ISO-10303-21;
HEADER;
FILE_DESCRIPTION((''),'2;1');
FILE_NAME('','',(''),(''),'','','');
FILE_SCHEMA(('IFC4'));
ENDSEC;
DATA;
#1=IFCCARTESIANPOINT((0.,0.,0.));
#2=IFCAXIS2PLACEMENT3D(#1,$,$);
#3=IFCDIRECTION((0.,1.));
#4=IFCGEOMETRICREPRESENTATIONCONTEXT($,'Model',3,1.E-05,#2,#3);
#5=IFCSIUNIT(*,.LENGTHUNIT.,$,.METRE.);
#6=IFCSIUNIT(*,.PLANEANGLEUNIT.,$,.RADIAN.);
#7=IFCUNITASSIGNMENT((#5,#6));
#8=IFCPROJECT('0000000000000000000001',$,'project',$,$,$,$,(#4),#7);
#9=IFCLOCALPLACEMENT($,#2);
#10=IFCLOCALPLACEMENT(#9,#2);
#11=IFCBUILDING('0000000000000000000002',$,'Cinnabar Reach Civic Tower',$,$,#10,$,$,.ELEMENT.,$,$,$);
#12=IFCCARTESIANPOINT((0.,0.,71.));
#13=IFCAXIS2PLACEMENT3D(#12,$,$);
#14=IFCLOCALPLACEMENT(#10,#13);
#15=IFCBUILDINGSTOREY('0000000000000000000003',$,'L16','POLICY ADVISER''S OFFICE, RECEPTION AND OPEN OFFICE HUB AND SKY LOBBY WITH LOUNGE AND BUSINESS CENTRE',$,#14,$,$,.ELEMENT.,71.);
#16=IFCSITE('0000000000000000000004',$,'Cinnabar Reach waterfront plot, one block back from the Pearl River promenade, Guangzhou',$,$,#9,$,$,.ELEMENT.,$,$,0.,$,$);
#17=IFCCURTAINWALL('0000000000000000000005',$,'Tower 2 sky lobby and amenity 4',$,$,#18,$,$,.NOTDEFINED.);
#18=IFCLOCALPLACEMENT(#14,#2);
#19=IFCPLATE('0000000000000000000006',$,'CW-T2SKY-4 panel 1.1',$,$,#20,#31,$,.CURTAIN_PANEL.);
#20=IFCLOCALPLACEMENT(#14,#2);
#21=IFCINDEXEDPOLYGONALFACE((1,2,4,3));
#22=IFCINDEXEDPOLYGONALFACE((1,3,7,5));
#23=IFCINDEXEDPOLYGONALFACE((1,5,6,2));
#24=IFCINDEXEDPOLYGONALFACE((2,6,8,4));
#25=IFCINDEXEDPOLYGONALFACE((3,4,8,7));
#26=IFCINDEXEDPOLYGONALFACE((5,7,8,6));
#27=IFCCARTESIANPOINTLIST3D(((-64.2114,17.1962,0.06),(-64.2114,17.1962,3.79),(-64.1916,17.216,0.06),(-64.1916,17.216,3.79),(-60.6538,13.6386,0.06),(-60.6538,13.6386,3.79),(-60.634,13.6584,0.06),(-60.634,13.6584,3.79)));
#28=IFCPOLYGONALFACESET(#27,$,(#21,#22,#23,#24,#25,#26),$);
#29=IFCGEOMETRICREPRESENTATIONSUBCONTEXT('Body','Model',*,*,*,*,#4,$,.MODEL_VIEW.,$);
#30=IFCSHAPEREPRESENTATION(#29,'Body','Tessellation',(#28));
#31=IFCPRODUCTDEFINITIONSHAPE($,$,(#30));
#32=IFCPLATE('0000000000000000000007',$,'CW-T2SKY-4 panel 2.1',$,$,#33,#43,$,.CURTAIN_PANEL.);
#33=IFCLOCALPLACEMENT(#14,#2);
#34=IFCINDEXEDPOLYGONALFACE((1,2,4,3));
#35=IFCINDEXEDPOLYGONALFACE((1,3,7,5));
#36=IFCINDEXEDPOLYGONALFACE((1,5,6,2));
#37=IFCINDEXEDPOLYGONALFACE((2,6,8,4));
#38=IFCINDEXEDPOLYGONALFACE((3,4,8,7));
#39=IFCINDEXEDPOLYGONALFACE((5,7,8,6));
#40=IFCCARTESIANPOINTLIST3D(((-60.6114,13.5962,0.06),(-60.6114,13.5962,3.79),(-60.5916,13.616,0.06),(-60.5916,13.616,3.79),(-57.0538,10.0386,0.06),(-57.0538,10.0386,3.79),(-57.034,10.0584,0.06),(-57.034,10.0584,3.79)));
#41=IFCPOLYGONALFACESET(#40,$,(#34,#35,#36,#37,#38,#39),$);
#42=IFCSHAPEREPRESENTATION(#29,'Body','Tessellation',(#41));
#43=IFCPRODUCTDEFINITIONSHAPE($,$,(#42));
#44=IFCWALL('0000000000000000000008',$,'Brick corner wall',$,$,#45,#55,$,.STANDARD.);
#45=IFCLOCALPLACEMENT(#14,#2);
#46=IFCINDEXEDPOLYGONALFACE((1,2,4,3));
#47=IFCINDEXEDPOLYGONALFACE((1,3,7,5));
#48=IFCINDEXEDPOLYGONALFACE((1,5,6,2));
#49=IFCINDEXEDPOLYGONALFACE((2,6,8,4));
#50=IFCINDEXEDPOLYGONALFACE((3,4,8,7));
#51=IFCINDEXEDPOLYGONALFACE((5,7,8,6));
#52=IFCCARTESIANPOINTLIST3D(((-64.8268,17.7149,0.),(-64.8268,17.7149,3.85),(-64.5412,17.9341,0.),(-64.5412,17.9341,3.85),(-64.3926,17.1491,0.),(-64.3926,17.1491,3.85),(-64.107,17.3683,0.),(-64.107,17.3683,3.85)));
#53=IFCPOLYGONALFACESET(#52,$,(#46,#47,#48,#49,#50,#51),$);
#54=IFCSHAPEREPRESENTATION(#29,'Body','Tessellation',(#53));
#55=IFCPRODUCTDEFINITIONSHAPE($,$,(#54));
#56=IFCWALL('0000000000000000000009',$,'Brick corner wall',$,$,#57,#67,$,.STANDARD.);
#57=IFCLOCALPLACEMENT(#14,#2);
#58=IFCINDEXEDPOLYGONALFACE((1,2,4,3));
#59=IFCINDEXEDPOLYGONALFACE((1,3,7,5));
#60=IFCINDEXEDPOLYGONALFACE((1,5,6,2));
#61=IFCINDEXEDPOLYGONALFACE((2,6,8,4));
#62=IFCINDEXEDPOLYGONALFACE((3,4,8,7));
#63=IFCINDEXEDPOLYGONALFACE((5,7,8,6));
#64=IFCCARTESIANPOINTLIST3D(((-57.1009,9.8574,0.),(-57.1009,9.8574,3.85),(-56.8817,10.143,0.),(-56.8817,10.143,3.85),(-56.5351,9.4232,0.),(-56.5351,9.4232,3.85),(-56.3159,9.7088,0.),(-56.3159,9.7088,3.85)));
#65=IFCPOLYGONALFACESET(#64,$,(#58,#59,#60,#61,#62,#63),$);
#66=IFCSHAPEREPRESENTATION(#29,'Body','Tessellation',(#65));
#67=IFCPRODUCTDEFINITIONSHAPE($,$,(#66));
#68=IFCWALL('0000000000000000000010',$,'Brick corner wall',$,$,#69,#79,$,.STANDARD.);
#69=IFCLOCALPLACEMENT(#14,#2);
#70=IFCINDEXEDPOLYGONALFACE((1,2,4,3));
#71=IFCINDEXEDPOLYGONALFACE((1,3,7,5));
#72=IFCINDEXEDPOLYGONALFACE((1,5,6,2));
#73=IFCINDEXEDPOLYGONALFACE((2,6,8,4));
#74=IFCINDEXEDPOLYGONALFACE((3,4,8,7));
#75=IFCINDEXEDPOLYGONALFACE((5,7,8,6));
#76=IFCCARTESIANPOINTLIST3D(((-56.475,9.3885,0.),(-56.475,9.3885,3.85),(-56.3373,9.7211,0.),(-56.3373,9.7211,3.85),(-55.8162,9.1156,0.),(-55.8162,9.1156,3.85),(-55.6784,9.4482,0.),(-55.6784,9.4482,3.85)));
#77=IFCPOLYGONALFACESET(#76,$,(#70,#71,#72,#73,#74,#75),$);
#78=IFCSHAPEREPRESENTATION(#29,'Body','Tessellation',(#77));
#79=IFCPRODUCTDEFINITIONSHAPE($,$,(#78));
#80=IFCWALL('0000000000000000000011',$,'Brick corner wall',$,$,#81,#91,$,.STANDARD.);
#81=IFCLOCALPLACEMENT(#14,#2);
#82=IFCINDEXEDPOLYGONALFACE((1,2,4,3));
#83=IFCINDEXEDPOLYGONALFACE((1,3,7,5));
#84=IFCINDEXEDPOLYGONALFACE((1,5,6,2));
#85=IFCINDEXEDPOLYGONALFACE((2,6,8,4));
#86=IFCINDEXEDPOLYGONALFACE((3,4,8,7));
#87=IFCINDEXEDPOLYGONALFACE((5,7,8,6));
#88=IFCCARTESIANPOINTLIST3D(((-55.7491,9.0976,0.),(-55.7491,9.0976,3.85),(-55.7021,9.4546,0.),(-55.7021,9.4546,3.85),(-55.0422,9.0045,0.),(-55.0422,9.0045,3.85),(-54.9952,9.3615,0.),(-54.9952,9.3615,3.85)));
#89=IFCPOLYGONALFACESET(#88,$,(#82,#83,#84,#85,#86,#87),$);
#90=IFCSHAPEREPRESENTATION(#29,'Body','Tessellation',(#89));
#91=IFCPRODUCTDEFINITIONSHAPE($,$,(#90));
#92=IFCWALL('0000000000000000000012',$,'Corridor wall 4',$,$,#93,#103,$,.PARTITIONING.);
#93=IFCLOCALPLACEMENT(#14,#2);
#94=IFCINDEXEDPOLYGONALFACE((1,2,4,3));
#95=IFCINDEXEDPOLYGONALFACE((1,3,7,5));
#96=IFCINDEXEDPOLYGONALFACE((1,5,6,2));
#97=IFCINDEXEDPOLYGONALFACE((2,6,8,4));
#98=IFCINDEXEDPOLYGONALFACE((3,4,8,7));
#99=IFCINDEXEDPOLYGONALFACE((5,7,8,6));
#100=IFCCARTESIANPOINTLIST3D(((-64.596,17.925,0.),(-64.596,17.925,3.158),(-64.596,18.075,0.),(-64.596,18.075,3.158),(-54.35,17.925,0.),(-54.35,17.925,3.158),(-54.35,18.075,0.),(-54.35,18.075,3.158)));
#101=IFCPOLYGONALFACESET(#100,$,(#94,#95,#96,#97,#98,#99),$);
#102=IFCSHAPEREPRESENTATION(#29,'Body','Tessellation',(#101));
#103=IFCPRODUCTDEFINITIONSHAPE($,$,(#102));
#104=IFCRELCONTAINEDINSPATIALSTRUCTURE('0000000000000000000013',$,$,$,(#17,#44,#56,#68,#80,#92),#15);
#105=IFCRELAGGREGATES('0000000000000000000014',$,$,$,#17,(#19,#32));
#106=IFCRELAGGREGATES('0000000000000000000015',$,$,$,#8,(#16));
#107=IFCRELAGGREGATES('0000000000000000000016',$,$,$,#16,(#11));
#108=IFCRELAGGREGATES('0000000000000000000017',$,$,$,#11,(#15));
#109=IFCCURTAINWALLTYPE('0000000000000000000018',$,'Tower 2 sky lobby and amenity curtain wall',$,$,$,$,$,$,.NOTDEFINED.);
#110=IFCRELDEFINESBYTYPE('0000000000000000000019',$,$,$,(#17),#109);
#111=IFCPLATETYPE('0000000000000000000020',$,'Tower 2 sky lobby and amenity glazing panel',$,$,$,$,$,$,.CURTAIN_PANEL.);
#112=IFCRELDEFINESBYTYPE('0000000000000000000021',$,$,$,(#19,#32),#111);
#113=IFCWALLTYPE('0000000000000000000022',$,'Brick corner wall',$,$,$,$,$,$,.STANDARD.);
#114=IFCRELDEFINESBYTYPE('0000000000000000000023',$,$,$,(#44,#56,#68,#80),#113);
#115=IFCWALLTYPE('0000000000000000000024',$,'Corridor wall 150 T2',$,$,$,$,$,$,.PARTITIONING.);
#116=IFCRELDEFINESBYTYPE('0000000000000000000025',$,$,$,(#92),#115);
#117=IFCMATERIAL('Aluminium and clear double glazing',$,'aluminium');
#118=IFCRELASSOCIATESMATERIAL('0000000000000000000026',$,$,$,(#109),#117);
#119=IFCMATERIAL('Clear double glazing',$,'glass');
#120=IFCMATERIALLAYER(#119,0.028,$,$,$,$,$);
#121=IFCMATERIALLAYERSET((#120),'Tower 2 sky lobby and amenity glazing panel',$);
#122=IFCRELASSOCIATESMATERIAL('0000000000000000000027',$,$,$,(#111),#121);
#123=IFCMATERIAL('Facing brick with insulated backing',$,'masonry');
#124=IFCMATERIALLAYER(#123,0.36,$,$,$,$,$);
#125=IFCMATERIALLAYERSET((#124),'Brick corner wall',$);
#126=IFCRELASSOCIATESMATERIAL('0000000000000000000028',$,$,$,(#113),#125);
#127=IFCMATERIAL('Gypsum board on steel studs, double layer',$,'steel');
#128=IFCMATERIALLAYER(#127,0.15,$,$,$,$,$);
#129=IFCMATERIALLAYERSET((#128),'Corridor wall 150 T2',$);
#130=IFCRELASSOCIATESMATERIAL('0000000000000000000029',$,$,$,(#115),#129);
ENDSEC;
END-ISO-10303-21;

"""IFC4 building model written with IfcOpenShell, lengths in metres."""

from ifc_helpers import new_model, si_unit, direction, frame, frame_2d, origin, origin_2d, place, context, subcontext, project, spatial, rectangle, extrude, material, layer, layer_set, type_object, element, aggregate, save


model = new_model("IFC4")

# Units and contexts
model_context = context("Model", 3, precision=1e-05, world=origin(), true_north=direction((0.0, 1.0)))
body_context = subcontext(model_context, "Body", "Model", "MODEL_VIEW")
ifc_project = project(units=[si_unit("LENGTHUNIT", "METRE"), si_unit("PLANEANGLEUNIT", "RADIAN")], contexts=[model_context])

# Site, building, storey
site_placement = place(None, origin())
site = spatial("IfcSite", under=ifc_project, at=site_placement, Name="Cinnabar Reach waterfront plot, one block back from the Pearl River promenade, Guangzhou", CompositionType="ELEMENT", RefElevation=0.0)
building_placement = place(site_placement, origin())
building = spatial("IfcBuilding", under=site, at=building_placement, Name="Cinnabar Reach Civic Tower", CompositionType="ELEMENT")
storey_placement = place(building_placement, frame((0.0, 0.0, 71.0)))
storey = spatial("IfcBuildingStorey", under=building, at=storey_placement, Name="L16", Description="POLICY ADVISER'S OFFICE, RECEPTION AND OPEN OFFICE HUB AND SKY LOBBY WITH LOUNGE AND BUSINESS CENTRE", CompositionType="ELEMENT", Elevation=71.0)

# Shared definitions
ifc_material_1 = material(Name="Aluminium and clear double glazing", Category="aluminium")
curtain_wall_type = type_object("IfcCurtainWallType", Name="Tower 2 sky lobby and amenity curtain wall", PredefinedType="NOTDEFINED", material=ifc_material_1)

# Curtain wall
curtain_wall_1_placement = place(storey_placement, origin())
curtain_wall_1 = element("IfcCurtainWall", 1, at=curtain_wall_1_placement, inside=storey, type_object=curtain_wall_type, Name="Tower 2 sky lobby and amenity 4", PredefinedType="NOTDEFINED")

# Plates
ifc_material_2 = material(Name="Clear double glazing", Category="glass")
ifc_layer_1 = layer(ifc_material_2, 0.028)
ifc_layer_set_1 = layer_set([ifc_layer_1], Name="Tower 2 sky lobby and amenity glazing panel")
plate_type = type_object("IfcPlateType", Name="Tower 2 sky lobby and amenity glazing panel", PredefinedType="CURTAIN_PANEL", material=ifc_layer_set_1)
plate_1_placement = place(storey_placement, frame((-62.4227, 15.4273, 0.06), z_axis=(0.0, 0.0, 1.0), x_axis=(0.707107, -0.707107, 0.0)))
plate_1 = element("IfcPlate", 2, at=plate_1_placement, type_object=plate_type, Name="CW-T2SKY-4 panel 1.1", PredefinedType="CURTAIN_PANEL", context=body_context, shape_type="SweptSolid", body=[
    extrude(rectangle(XDim=5.0313, YDim=0.028, at=origin_2d()), origin(), (0.0, 0.0, 1.0), 3.73),
])
plate_2_placement = place(storey_placement, frame((-58.8227, 11.8273, 0.06), z_axis=(0.0, 0.0, 1.0), x_axis=(0.707107, -0.707107, 0.0)))
plate_2 = element("IfcPlate", 3, at=plate_2_placement, type_object=plate_type, Name="CW-T2SKY-4 panel 2.1", PredefinedType="CURTAIN_PANEL", context=body_context, shape_type="SweptSolid", body=[
    extrude(rectangle(XDim=5.0313, YDim=0.028, at=origin_2d()), origin(), (0.0, 0.0, 1.0), 3.73),
])
aggregate(curtain_wall_1, [plate_1, plate_2])

# Walls
ifc_material_3 = material(Name="Facing brick with insulated backing", Category="masonry")
ifc_layer_2 = layer(ifc_material_3, 0.36)
ifc_layer_set_2 = layer_set([ifc_layer_2], Name="Brick corner wall")
wall_type_1 = type_object("IfcWallType", Name="Brick corner wall", PredefinedType="STANDARD", material=ifc_layer_set_2)
for number, where, z_axis, x_axis, name in (
    (4, (-64.684, 17.8245, 0.0), (0.0, 0.0, 1.0), (0.608802, -0.793322, 0.0), "Brick corner wall"),
    (5, (-56.9913, 10.0002, 0.0), (0.0, 0.0, 1.0), (0.793322, -0.608802, 0.0), "Brick corner wall"),
):
    element("IfcWall", number, at=place(storey_placement, frame(where, z_axis=z_axis, x_axis=x_axis)), inside=storey, type_object=wall_type_1, Name=name, PredefinedType="STANDARD", context=body_context, shape_type="SweptSolid", body=[
        extrude(rectangle(XDim=0.7132, YDim=0.36, at=frame_2d((0.3566, 0.0))), origin(), (0.0, 0.0, 1.0), 3.85),
    ])
for number, where, z_axis, x_axis, name in (
    (6, (-56.4061, 9.5548, 0.0), (0.0, 0.0, 1.0), (0.923872, -0.382703, 0.0), "Brick corner wall"),
    (7, (-55.7256, 9.2761, 0.0), (0.0, 0.0, 1.0), (0.991441, -0.130556, 0.0), "Brick corner wall"),
):
    element("IfcWall", number, at=place(storey_placement, frame(where, z_axis=z_axis, x_axis=x_axis)), inside=storey, type_object=wall_type_1, Name=name, PredefinedType="STANDARD", context=body_context, shape_type="SweptSolid", body=[
        extrude(rectangle(XDim=0.7131, YDim=0.36, at=frame_2d((0.3565, 0.0))), origin(), (0.0, 0.0, 1.0), 3.85),
    ])
ifc_material_4 = material(Name="Gypsum board on steel studs, double layer", Category="steel")
ifc_layer_3 = layer(ifc_material_4, 0.15)
ifc_layer_set_3 = layer_set([ifc_layer_3], Name="Corridor wall 150 T2")
wall_type_2 = type_object("IfcWallType", Name="Corridor wall 150 T2", PredefinedType="PARTITIONING", material=ifc_layer_set_3)
wall_placement = place(storey_placement, frame((-64.5961, 18.0, 0.0), z_axis=(0.0, 0.0, 1.0), x_axis=(1.0, 0.0, 0.0)))
element("IfcWall", 8, at=wall_placement, inside=storey, type_object=wall_type_2, Name="Corridor wall 4", PredefinedType="PARTITIONING", context=body_context, shape_type="SweptSolid", body=[
    extrude(rectangle(XDim=10.2461, YDim=0.15, at=frame_2d((5.1231, 0.0))), origin(), (0.0, 0.0, 1.0), 3.158),
])

save(model, "model.ifc")
